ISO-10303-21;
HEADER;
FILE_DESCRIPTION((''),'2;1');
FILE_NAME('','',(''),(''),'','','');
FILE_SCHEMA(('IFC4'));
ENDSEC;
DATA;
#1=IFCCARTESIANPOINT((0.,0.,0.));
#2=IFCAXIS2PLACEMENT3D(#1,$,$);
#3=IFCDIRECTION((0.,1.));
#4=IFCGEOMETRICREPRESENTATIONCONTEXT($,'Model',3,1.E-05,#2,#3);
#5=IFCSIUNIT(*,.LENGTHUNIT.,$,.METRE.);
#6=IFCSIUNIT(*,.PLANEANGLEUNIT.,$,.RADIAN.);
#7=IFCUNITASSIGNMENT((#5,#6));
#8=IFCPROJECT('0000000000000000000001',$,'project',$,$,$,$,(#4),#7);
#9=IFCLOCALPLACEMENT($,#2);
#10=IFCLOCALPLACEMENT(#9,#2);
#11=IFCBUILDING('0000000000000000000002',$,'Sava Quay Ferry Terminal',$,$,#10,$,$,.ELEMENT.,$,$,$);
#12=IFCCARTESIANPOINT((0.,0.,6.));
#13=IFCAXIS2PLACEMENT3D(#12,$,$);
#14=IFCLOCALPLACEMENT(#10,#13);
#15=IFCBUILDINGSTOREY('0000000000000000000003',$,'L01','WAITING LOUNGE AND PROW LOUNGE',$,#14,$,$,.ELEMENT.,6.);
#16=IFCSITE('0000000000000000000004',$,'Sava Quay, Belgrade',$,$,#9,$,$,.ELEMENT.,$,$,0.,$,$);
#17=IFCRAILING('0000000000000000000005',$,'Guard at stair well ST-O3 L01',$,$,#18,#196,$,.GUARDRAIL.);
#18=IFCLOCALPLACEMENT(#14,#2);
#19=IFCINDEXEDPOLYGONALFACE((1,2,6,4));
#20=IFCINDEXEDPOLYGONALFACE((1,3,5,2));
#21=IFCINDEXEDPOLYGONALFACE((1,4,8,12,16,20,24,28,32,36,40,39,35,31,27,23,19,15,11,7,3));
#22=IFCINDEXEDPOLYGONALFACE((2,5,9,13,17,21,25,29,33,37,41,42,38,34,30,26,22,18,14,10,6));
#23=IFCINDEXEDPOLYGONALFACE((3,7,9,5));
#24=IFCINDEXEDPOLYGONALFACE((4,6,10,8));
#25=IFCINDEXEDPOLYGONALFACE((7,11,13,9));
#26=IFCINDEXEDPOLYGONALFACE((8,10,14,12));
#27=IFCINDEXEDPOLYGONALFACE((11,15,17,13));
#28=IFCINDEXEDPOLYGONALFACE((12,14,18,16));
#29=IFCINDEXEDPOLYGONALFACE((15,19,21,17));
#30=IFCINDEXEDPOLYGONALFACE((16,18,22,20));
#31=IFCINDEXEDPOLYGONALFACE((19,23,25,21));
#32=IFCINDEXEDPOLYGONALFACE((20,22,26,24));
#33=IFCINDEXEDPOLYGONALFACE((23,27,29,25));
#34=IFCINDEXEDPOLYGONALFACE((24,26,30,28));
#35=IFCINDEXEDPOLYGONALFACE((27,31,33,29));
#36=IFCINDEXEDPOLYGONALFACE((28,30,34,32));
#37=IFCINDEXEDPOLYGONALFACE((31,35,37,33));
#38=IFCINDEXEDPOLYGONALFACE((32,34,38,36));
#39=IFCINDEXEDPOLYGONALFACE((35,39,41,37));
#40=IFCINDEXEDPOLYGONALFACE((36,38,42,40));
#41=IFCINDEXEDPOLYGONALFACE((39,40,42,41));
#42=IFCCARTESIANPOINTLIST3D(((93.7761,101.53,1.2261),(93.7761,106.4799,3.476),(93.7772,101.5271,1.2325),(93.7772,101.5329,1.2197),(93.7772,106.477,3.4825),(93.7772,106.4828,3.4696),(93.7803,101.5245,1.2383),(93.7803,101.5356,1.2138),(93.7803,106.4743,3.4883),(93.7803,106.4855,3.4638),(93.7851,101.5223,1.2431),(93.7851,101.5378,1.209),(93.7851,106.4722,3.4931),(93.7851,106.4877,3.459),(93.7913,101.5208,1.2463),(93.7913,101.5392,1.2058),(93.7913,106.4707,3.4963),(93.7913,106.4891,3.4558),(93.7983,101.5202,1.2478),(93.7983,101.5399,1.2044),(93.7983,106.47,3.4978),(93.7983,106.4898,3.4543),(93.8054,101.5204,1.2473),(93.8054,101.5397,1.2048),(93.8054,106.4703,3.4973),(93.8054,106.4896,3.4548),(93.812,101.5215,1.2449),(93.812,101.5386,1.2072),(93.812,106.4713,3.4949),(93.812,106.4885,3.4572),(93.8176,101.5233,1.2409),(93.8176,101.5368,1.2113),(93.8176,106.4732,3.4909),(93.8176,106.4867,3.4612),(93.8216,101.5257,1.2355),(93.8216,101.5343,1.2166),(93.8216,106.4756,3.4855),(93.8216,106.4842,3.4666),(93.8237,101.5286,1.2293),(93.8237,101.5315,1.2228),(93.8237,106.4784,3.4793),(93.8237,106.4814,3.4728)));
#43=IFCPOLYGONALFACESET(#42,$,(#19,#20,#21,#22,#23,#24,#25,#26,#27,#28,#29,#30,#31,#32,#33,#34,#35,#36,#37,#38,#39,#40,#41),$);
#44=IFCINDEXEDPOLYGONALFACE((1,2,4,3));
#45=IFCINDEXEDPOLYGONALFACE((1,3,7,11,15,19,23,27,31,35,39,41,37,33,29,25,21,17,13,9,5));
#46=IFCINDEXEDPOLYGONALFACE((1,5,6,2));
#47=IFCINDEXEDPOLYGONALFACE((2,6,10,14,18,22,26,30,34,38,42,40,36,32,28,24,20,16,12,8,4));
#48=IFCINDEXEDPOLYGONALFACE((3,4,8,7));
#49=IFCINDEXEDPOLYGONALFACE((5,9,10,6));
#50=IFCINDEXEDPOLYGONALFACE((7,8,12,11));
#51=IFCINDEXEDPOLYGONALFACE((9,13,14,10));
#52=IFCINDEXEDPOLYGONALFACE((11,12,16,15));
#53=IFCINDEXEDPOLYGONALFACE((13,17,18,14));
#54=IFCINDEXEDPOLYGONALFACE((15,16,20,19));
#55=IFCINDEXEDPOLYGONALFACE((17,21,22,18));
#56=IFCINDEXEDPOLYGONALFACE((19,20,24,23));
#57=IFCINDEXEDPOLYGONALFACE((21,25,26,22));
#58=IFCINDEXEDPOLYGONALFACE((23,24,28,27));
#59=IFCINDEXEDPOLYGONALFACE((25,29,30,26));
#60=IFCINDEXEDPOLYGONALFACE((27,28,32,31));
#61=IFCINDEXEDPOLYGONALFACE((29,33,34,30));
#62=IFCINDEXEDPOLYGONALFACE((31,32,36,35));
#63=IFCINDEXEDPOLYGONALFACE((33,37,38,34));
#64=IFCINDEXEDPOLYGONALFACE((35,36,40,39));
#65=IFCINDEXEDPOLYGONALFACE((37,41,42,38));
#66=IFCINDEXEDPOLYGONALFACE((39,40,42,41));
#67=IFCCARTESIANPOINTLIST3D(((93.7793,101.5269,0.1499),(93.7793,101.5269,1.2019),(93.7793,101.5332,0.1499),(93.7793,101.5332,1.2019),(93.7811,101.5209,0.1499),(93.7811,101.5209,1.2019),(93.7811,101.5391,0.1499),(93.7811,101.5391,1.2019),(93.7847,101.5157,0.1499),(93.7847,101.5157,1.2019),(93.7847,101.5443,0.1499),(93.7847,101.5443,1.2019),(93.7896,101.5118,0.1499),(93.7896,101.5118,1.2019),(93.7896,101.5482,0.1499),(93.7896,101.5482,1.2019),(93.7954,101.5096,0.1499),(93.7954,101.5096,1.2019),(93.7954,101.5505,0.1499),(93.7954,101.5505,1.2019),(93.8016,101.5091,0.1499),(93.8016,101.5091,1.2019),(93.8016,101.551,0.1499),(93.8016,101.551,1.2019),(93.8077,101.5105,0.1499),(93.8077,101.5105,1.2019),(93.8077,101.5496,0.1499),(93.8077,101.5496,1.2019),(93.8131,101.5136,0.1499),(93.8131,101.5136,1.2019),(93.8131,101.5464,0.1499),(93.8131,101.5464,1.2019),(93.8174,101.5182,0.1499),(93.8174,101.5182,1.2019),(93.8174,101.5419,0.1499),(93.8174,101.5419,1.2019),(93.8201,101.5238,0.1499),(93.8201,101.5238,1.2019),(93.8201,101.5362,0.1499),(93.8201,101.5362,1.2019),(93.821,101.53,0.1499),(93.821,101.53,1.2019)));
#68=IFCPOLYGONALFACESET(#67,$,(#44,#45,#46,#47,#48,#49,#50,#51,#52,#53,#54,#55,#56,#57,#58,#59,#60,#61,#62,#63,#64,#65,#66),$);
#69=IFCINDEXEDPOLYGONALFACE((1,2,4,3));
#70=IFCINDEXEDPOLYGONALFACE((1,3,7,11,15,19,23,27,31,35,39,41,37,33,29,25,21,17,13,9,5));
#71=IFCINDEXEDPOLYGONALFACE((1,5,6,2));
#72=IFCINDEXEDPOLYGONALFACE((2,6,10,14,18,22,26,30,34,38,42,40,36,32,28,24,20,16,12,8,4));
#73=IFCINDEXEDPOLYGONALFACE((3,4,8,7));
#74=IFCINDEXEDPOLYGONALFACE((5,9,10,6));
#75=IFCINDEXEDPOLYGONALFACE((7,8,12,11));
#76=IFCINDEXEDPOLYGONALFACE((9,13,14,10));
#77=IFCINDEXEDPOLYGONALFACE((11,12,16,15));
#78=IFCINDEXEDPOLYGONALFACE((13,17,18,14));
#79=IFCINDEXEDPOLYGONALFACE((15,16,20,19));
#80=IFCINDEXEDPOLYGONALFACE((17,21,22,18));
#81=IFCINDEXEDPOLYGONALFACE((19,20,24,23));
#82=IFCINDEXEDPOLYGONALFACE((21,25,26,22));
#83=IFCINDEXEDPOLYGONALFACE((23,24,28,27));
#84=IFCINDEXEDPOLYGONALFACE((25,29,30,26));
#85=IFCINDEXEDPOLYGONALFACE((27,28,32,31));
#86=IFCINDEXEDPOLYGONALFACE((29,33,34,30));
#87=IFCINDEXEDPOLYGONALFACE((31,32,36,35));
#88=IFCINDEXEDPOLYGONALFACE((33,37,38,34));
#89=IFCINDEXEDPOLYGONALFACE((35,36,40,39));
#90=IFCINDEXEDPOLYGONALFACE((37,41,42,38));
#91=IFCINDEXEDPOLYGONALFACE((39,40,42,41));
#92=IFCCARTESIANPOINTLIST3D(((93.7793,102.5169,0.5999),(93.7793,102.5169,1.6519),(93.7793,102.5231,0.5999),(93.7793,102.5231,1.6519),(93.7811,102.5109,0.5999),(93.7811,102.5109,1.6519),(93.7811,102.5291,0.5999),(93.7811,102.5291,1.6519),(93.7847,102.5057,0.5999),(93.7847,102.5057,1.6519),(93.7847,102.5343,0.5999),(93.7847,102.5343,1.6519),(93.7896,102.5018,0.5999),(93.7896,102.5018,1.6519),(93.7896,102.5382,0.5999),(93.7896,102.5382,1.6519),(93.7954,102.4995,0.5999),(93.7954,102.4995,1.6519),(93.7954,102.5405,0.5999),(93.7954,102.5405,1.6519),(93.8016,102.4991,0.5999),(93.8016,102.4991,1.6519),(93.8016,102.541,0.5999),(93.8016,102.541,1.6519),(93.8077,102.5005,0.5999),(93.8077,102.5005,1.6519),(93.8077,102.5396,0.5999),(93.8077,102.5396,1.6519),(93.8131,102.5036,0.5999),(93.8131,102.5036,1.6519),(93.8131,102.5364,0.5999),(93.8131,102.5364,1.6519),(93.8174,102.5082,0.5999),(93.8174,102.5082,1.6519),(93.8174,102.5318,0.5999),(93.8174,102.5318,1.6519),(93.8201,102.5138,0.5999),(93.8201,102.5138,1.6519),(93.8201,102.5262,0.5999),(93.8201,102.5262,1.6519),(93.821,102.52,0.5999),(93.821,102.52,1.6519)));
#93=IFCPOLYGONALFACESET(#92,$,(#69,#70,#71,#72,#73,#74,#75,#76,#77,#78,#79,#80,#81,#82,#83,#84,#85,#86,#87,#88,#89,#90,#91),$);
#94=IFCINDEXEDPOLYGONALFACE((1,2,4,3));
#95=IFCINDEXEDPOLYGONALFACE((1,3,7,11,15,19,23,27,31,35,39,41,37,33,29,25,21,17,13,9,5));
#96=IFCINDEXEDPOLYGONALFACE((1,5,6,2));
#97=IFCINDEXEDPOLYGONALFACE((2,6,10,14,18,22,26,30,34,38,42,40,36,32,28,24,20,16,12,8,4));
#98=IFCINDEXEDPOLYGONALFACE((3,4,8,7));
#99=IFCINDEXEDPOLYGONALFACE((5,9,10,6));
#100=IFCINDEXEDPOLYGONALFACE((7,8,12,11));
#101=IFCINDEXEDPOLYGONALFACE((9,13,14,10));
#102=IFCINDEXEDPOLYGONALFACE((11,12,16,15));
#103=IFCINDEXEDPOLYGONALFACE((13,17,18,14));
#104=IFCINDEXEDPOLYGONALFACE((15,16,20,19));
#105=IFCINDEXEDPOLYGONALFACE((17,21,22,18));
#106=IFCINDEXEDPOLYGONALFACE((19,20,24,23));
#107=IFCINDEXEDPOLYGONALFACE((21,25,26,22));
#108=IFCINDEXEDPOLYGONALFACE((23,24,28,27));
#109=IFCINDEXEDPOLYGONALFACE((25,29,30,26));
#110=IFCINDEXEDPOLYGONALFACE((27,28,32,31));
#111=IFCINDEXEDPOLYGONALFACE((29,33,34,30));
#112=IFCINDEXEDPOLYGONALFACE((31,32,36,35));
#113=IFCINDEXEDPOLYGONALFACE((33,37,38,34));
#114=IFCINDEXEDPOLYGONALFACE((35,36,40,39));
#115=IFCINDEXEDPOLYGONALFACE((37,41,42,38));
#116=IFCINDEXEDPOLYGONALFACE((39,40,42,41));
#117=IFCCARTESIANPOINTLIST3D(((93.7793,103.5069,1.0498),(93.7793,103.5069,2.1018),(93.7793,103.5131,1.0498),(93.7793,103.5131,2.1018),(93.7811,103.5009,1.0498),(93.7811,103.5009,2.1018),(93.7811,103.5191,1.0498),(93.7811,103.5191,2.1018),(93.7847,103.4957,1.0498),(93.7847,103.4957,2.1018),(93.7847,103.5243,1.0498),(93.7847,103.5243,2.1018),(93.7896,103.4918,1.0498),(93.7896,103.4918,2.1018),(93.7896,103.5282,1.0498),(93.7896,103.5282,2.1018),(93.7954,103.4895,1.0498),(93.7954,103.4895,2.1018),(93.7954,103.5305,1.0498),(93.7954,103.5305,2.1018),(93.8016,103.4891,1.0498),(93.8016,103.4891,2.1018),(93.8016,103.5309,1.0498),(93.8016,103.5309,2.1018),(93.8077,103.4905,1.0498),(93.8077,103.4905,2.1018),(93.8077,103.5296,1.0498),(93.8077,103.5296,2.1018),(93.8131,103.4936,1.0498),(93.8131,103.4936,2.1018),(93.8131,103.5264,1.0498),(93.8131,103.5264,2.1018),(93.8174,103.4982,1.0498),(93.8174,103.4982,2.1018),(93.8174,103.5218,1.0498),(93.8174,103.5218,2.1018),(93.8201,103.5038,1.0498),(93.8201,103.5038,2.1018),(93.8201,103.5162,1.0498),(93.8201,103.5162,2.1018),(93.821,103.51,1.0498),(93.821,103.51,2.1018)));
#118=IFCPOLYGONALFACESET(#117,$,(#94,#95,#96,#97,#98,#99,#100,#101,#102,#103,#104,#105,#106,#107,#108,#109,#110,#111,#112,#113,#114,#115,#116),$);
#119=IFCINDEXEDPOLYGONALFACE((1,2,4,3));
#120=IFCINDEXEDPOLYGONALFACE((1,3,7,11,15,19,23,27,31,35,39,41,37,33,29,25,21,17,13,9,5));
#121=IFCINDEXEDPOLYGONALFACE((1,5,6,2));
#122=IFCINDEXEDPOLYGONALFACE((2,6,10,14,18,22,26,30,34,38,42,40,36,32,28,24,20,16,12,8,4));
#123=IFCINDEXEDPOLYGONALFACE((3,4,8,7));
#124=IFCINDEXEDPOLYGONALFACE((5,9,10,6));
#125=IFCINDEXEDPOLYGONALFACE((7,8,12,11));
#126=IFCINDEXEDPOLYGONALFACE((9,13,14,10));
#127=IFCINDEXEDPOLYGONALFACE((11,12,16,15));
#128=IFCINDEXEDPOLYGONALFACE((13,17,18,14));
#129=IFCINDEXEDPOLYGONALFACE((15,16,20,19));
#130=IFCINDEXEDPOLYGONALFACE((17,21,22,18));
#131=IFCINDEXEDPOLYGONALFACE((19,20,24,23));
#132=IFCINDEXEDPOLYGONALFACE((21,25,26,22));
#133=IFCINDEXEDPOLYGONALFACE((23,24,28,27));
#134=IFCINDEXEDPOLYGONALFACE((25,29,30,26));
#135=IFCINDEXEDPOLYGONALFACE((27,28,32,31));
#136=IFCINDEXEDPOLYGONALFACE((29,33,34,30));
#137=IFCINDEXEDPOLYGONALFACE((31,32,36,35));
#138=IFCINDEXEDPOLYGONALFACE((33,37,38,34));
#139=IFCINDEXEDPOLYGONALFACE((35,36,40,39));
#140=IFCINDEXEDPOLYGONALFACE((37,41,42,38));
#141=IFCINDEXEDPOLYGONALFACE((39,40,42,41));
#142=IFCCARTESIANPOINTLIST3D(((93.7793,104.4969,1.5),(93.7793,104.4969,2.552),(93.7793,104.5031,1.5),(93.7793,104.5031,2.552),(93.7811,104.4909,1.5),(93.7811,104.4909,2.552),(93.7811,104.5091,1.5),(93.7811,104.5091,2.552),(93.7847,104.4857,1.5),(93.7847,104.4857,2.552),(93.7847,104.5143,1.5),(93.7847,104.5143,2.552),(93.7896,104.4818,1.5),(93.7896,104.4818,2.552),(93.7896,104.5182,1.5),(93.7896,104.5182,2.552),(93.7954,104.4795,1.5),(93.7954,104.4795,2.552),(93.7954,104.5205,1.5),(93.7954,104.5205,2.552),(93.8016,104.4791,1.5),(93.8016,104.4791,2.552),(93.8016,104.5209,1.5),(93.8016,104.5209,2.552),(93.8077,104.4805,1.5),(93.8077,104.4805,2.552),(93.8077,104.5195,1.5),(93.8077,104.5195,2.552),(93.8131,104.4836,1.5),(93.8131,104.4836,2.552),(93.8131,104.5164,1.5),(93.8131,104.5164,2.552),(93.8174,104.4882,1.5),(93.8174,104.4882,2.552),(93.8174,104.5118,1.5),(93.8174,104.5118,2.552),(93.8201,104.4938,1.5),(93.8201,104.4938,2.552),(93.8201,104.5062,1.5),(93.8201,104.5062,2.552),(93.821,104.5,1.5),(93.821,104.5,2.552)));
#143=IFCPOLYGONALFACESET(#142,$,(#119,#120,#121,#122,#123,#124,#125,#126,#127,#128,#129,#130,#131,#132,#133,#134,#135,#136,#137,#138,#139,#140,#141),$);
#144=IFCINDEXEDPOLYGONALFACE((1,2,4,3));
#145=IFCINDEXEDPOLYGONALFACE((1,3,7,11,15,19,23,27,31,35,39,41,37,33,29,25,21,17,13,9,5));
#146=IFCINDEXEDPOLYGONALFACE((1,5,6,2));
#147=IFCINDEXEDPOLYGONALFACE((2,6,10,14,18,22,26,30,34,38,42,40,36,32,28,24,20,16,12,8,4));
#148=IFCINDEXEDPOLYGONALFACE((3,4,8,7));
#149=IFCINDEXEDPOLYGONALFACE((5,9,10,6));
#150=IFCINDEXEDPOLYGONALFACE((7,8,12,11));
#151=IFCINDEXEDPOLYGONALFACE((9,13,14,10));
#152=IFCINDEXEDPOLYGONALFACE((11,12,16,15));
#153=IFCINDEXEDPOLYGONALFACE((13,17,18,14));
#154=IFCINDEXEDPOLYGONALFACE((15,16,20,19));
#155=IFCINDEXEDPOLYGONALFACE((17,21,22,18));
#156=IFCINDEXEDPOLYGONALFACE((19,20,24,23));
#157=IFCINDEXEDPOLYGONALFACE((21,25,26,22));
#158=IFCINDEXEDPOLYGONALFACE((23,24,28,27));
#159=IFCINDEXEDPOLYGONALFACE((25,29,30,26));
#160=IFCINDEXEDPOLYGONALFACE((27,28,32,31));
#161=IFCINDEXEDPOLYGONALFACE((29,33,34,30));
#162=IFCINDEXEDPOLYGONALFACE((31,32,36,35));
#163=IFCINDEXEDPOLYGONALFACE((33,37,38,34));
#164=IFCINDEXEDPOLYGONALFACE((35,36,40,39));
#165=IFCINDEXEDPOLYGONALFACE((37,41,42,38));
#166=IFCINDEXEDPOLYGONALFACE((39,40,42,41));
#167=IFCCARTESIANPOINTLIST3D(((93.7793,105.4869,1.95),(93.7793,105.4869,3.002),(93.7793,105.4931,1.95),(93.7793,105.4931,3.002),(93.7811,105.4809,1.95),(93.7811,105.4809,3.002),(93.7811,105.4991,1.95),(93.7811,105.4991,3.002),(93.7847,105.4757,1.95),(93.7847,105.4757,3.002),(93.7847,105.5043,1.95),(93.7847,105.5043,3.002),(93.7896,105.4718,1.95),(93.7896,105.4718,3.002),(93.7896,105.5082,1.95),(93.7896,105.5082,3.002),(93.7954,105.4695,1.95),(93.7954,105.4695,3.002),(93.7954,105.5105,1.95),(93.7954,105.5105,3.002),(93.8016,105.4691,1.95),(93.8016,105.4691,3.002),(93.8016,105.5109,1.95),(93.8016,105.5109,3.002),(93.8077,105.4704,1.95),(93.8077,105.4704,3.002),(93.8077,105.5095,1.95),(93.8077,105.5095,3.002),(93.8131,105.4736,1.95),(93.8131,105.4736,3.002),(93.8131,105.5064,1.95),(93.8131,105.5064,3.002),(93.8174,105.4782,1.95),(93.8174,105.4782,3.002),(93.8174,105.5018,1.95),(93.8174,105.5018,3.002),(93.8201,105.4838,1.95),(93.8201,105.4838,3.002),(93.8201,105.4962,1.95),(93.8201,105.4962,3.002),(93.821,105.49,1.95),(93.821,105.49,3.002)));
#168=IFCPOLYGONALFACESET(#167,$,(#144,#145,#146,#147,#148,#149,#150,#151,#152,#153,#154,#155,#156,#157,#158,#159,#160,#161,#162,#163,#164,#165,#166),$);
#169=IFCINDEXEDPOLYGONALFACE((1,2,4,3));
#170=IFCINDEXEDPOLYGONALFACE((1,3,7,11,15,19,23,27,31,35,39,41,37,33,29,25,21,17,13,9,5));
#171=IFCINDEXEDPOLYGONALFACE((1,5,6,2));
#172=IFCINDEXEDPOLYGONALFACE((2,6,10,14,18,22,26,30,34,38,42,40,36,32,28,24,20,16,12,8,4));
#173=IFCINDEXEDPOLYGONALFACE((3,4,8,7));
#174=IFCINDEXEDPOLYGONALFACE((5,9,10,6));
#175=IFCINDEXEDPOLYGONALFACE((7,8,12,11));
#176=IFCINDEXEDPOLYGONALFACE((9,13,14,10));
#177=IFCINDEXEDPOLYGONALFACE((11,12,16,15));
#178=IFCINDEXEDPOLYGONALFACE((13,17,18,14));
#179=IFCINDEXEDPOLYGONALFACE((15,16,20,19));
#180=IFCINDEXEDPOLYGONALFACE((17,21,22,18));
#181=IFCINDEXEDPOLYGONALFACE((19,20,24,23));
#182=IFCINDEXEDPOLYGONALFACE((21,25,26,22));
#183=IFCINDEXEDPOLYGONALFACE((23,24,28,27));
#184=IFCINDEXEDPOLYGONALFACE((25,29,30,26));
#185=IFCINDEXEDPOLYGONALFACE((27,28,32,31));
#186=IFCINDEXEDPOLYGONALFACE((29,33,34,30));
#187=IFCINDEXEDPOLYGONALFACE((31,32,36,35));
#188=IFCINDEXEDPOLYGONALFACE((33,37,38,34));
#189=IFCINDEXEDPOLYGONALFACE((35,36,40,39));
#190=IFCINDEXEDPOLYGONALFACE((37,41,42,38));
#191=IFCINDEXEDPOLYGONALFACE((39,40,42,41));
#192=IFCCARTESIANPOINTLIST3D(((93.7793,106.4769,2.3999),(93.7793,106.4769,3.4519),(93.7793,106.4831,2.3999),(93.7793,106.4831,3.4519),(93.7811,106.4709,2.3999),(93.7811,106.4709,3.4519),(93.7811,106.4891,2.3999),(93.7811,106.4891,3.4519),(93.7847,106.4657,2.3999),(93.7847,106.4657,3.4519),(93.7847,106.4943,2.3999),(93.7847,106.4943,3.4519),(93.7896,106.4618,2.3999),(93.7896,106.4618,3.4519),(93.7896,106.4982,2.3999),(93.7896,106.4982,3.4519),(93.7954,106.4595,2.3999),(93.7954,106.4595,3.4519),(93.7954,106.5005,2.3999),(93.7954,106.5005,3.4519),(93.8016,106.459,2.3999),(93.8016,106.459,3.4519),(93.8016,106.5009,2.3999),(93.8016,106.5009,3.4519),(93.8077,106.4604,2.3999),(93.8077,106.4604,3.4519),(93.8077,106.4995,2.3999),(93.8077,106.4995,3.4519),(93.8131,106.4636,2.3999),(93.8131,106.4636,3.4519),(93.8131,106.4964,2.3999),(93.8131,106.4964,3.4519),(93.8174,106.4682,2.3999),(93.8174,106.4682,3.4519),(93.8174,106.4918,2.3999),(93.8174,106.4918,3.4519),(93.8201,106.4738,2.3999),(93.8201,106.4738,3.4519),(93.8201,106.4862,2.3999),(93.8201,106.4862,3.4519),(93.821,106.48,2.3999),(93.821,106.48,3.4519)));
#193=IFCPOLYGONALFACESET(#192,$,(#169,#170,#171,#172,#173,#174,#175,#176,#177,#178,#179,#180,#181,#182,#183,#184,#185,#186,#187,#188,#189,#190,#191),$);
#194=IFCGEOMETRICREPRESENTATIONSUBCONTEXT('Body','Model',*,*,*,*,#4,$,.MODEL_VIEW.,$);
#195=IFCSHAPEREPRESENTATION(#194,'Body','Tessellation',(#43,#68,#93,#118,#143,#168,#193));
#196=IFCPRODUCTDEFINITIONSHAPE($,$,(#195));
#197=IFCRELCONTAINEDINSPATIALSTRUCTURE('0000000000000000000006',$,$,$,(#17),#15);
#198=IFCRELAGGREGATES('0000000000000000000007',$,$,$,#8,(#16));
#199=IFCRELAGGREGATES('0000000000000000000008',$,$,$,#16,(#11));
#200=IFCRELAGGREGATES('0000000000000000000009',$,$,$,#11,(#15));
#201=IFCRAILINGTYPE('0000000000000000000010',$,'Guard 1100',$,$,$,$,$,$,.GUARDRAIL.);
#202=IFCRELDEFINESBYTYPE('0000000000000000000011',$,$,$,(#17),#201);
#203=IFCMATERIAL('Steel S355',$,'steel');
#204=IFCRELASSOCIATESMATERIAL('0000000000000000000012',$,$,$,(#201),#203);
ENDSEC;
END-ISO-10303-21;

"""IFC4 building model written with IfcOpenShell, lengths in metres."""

from ifc_helpers import new_model, si_unit, direction, frame, origin, origin_2d, place, context, subcontext, project, spatial, circle, extrude, material, type_object, element, save


model = new_model("IFC4")

# Units and contexts
model_context = context("Model", 3, precision=1e-05, world=origin(), true_north=direction((0.0, 1.0)))
body_context = subcontext(model_context, "Body", "Model", "MODEL_VIEW")
ifc_project = project(units=[si_unit("LENGTHUNIT", "METRE"), si_unit("PLANEANGLEUNIT", "RADIAN")], contexts=[model_context])

# Site, building, storey
site_placement = place(None, origin())
site = spatial("IfcSite", under=ifc_project, at=site_placement, Name="Sava Quay, Belgrade", CompositionType="ELEMENT", RefElevation=0.0)
building_placement = place(site_placement, origin())
building = spatial("IfcBuilding", under=site, at=building_placement, Name="Sava Quay Ferry Terminal", CompositionType="ELEMENT")
storey_placement = place(building_placement, frame((0.0, 0.0, 6.0)))
storey = spatial("IfcBuildingStorey", under=building, at=storey_placement, Name="L01", Description="WAITING LOUNGE AND PROW LOUNGE", CompositionType="ELEMENT", Elevation=6.0)

# Railing
ifc_material_1 = material(Name="Steel S355", Category="steel")
railing_type_1 = type_object("IfcRailingType", Name="Guard 1100", PredefinedType="GUARDRAIL", material=ifc_material_1)
railing_1_placement = place(storey_placement, frame((93.8, 101.53, 0.1499)))
element("IfcRailing", 1, at=railing_1_placement, inside=storey, type_object=railing_type_1, Name="Guard at stair well ST-O3 L01", PredefinedType="GUARDRAIL", context=body_context, shape_type="SweptSolid", body=[
    extrude(circle(Radius=0.0239, at=origin_2d()), frame((0.0, 0.0, 1.0762), z_axis=(0.0, 0.910365, 0.413806), x_axis=(-1.0, 0.0, 0.0)), (0.0, 0.0, 1.0), 5.4373),
    extrude(circle(Radius=0.021, at=origin_2d()), origin(), (0.0, 0.0, 1.0), 1.052),
    extrude(circle(Radius=0.021, at=origin_2d()), frame((0.0, 0.99, 0.45)), (0.0, 0.0, 1.0), 1.052),
    extrude(circle(Radius=0.021, at=origin_2d()), frame((0.0, 1.98, 0.8999)), (0.0, 0.0, 1.0), 1.052),
    extrude(circle(Radius=0.021, at=origin_2d()), frame((0.0, 2.97, 1.3501)), (0.0, 0.0, 1.0), 1.052),
    extrude(circle(Radius=0.021, at=origin_2d()), frame((0.0, 3.96, 1.8)), (0.0, 0.0, 1.0), 1.052),
    extrude(circle(Radius=0.021, at=origin_2d()), frame((0.0, 4.95, 2.25)), (0.0, 0.0, 1.0), 1.052),
])

save(model, "model.ifc")
